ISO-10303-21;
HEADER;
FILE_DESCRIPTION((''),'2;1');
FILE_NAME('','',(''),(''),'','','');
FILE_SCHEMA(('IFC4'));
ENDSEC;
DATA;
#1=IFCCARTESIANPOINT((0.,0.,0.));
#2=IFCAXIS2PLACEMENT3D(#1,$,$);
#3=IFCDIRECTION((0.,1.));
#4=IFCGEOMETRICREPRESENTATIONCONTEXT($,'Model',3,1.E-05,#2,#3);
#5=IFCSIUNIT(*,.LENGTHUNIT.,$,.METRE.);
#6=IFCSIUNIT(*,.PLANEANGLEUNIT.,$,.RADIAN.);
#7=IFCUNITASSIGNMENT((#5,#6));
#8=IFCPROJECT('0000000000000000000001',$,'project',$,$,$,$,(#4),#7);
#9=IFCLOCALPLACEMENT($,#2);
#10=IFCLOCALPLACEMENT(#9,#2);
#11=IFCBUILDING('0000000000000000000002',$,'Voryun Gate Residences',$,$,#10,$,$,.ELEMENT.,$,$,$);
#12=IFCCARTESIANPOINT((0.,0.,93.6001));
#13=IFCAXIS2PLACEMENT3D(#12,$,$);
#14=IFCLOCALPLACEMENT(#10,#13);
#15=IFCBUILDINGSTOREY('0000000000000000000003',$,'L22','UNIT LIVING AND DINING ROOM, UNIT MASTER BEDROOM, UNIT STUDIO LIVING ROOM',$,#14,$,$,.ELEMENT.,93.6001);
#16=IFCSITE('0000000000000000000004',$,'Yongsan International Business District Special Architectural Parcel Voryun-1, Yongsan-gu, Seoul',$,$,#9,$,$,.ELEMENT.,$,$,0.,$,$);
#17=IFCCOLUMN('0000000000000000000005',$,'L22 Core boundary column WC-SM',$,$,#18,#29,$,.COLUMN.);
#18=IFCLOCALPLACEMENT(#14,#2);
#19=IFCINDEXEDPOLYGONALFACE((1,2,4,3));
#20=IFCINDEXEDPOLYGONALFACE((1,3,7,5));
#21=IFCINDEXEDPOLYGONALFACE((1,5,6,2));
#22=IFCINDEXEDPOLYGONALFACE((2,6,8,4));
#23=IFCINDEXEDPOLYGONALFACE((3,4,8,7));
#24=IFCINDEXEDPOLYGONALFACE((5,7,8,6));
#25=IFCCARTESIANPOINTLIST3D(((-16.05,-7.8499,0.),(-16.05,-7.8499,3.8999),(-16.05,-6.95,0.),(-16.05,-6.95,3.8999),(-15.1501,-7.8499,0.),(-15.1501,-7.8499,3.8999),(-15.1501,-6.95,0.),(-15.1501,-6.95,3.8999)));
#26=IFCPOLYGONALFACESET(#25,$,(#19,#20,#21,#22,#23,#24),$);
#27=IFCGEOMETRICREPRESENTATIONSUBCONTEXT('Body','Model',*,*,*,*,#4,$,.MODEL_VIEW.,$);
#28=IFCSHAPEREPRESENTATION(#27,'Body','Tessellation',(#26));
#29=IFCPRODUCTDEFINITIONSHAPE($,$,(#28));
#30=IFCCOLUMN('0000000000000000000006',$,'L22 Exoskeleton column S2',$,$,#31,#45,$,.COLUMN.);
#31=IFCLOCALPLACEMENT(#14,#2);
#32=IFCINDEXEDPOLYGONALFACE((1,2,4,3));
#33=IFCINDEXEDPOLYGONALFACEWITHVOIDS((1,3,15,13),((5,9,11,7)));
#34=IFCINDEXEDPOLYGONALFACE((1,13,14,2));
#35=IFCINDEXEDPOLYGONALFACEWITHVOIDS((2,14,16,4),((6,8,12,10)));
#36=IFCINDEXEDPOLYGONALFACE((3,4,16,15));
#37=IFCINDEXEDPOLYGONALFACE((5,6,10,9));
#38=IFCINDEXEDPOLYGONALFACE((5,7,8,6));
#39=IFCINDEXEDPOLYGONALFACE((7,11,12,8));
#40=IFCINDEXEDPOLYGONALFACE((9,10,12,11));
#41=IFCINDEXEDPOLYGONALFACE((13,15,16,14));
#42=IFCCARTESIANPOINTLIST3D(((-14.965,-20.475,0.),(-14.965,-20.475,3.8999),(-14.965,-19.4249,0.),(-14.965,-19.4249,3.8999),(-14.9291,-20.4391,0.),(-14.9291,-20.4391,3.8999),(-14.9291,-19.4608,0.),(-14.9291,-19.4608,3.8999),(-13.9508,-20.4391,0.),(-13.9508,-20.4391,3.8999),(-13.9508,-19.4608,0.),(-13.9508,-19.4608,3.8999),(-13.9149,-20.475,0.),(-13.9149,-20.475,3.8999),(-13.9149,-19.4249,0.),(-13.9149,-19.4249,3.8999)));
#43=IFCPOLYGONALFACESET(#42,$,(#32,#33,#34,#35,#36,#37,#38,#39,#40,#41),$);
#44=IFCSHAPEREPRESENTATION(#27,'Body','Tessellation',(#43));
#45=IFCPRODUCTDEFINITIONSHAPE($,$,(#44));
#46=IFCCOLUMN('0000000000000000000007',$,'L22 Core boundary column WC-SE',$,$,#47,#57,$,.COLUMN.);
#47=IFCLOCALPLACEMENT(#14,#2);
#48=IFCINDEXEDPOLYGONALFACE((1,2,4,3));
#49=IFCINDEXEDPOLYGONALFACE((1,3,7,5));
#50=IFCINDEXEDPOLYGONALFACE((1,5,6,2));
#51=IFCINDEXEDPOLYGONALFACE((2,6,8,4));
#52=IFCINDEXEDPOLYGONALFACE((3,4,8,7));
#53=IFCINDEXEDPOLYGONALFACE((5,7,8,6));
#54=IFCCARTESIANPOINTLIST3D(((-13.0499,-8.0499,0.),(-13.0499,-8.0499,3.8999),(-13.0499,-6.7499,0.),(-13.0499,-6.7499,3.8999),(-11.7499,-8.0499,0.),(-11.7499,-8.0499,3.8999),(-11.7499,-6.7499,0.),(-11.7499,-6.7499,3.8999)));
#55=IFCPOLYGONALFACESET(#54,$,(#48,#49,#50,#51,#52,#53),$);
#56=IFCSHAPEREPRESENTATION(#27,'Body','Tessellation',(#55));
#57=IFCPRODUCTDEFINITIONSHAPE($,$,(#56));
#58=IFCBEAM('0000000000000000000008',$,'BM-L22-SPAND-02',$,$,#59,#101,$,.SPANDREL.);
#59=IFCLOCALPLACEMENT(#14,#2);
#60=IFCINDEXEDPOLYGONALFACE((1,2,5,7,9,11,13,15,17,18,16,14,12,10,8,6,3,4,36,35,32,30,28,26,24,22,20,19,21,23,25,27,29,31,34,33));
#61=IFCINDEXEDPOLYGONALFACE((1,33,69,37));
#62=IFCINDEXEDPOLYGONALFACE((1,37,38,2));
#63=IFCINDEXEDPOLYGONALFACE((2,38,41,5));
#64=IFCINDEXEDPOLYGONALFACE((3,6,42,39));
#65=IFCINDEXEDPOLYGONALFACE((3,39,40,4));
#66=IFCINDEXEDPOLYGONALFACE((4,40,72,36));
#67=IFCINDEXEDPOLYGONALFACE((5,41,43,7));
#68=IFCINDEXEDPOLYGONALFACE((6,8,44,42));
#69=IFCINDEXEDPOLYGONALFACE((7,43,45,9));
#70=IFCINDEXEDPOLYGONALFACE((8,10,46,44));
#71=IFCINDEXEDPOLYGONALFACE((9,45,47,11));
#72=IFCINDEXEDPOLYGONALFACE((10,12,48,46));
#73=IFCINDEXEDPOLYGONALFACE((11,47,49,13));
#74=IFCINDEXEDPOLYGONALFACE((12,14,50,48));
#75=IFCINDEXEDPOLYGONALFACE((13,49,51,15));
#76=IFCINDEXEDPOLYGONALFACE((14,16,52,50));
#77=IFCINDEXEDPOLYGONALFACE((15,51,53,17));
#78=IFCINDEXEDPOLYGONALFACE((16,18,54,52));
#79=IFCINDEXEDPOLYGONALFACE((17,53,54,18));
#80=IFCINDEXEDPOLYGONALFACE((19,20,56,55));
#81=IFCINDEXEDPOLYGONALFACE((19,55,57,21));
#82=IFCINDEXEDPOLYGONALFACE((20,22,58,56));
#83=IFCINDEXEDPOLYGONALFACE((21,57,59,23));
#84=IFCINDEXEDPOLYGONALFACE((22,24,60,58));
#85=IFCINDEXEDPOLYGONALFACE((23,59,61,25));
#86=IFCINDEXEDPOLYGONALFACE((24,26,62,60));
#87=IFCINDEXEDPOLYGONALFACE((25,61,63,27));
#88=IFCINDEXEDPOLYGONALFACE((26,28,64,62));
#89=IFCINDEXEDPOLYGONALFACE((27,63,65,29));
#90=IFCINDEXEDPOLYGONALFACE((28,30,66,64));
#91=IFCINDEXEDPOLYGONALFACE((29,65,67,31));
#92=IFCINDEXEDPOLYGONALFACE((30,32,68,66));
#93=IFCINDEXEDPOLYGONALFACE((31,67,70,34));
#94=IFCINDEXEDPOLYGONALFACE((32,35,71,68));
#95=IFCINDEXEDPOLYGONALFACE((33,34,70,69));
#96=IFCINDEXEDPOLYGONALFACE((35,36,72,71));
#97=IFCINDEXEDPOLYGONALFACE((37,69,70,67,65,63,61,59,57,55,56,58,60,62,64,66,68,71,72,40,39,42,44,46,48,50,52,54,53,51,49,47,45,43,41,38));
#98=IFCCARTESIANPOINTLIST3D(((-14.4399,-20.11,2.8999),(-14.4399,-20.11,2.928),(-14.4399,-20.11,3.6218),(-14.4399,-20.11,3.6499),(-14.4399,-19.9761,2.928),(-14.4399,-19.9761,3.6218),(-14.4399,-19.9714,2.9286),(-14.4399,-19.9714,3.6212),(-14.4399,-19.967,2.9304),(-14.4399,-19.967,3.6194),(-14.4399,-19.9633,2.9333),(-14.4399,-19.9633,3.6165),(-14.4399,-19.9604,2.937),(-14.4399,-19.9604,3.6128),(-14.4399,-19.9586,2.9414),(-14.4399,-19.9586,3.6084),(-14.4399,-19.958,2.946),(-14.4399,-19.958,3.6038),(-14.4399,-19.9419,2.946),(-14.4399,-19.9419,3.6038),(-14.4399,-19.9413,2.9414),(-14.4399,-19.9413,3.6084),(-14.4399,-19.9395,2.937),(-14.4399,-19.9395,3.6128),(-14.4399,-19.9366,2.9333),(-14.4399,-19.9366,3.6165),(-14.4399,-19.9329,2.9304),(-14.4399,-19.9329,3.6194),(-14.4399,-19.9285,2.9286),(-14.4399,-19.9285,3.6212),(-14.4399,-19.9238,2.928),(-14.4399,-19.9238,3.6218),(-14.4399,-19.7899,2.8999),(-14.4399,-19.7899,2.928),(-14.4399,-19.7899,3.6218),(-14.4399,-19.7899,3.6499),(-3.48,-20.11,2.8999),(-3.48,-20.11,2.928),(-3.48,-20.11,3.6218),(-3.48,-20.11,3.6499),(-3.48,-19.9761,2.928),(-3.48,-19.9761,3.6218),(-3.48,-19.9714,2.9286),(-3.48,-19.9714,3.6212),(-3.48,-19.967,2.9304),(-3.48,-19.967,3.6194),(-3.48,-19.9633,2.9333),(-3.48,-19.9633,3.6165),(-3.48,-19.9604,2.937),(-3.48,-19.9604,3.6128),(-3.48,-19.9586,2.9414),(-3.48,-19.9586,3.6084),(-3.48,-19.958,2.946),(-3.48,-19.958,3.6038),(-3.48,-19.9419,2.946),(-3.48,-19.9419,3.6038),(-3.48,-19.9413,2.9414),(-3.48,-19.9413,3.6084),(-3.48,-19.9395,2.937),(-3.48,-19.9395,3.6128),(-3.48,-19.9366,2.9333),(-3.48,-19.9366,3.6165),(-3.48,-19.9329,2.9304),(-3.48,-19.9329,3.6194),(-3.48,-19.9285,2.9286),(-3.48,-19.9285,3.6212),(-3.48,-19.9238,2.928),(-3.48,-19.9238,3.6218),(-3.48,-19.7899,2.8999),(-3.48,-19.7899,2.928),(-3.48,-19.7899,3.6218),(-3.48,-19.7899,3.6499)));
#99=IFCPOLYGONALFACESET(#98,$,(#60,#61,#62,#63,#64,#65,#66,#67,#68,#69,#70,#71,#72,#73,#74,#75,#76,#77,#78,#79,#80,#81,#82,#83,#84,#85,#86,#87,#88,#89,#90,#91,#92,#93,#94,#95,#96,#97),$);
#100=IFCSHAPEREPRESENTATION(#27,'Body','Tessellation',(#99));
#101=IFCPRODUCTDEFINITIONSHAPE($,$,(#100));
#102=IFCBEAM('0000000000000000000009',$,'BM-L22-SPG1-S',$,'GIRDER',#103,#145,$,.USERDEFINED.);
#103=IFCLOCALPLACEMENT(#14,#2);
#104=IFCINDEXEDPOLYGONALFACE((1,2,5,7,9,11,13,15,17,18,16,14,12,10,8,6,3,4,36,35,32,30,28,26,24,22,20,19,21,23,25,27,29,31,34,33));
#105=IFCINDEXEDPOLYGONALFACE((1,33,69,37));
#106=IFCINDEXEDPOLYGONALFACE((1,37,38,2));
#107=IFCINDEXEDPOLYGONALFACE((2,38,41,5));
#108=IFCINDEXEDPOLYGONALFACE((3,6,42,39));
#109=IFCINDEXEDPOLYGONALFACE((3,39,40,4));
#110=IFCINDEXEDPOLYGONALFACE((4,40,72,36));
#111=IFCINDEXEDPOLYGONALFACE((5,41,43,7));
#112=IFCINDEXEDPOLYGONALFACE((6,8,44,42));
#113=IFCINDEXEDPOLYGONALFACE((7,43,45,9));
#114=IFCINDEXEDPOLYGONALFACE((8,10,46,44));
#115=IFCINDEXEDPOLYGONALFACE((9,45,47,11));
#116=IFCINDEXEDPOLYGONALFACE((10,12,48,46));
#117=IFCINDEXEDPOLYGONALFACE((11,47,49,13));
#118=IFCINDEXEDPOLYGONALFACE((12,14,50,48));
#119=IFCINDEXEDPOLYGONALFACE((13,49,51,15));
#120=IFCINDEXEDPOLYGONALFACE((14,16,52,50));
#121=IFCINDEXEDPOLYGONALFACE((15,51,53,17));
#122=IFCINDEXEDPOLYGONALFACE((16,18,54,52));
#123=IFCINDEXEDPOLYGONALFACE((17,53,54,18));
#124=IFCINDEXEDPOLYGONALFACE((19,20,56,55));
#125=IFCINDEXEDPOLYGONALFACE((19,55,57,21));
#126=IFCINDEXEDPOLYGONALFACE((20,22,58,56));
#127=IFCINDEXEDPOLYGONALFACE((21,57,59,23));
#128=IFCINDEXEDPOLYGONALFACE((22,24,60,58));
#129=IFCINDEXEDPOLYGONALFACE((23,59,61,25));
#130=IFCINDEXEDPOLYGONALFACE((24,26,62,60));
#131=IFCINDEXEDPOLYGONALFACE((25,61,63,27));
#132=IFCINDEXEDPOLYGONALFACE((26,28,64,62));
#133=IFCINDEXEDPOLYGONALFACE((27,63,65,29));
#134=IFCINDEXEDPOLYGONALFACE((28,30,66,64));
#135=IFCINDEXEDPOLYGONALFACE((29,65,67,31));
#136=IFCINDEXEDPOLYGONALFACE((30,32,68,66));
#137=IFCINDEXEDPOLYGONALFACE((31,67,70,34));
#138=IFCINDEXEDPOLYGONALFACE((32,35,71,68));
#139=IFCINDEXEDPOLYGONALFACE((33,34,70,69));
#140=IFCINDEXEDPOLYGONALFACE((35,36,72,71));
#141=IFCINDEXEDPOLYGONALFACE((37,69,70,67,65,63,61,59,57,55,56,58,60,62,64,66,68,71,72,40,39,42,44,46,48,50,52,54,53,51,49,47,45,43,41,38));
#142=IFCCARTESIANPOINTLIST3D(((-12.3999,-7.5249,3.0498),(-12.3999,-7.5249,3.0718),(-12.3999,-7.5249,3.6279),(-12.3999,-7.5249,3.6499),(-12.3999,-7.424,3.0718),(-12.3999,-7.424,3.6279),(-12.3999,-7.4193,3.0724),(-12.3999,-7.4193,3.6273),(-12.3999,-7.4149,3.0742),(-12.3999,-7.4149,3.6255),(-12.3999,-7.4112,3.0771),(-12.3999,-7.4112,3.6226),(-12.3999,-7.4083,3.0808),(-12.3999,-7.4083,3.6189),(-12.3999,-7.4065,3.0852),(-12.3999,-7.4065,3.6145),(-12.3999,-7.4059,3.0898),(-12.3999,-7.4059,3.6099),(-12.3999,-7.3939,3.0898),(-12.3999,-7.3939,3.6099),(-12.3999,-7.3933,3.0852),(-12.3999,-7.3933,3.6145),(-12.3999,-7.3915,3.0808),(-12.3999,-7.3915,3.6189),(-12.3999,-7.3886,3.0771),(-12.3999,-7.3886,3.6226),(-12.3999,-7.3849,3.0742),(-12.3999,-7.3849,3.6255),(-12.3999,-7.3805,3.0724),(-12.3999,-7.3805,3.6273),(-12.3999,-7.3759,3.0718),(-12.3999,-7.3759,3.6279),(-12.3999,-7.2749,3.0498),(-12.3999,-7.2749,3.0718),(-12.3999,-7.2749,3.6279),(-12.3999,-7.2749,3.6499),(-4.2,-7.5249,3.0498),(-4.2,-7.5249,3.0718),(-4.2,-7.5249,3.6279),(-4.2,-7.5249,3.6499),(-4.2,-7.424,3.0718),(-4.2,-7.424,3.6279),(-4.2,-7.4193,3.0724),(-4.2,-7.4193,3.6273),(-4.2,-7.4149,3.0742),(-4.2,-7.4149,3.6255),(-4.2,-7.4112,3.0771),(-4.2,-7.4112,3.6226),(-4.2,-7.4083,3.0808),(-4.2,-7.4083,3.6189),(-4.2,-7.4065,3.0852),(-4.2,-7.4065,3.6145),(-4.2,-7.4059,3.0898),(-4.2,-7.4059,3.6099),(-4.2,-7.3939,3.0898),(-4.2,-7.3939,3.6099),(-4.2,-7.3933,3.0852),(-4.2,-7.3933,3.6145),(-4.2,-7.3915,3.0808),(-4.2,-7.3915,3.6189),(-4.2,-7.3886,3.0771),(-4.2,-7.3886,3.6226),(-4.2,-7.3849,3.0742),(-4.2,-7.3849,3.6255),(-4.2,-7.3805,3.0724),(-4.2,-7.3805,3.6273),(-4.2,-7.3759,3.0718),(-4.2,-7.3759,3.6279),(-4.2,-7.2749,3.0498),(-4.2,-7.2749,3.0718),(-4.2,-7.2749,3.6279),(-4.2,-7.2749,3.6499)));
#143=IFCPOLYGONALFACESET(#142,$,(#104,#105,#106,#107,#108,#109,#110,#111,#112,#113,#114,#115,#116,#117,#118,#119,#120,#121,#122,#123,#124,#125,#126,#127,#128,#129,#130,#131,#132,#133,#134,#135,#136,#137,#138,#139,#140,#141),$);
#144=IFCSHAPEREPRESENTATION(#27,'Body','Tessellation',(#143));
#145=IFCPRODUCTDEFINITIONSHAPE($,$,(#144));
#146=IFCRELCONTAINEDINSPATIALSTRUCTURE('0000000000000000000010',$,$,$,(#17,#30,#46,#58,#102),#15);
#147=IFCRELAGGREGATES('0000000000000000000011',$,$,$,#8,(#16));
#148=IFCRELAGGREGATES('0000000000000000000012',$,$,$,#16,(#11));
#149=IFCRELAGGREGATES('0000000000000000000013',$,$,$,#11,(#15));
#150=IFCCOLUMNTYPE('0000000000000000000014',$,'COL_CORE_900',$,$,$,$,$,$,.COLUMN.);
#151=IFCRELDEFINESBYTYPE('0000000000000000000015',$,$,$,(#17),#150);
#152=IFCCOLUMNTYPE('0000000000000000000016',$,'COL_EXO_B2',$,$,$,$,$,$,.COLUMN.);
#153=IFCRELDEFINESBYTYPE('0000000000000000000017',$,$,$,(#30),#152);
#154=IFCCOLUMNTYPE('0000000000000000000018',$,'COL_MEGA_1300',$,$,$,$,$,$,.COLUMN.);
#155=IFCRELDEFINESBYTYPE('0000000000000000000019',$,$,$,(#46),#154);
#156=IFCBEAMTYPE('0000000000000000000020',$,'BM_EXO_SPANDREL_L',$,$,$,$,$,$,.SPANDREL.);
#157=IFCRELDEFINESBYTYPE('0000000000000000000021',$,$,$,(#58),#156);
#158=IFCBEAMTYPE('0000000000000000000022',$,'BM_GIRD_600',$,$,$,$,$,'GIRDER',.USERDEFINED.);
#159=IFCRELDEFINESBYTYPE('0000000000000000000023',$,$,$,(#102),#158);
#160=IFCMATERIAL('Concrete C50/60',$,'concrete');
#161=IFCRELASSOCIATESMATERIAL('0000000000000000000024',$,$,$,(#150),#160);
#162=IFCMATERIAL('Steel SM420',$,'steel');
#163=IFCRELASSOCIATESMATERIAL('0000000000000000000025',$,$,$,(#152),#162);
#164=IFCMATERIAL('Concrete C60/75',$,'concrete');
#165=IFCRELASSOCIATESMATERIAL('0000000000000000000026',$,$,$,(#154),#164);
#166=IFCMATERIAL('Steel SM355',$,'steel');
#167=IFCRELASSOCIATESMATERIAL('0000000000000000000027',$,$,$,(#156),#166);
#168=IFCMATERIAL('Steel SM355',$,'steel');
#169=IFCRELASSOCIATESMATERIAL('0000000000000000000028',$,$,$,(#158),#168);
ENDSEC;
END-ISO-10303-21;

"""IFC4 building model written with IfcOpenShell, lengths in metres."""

from ifc_helpers import new_model, si_unit, direction, frame, origin, origin_2d, place, context, subcontext, project, spatial, rectangle, hollow_rectangle, i_section, extrude, material, material_profile, profile_set, type_object, element, save


model = new_model("IFC4")

# Units and contexts
model_context = context("Model", 3, precision=1e-05, world=origin(), true_north=direction((0.0, 1.0)))
body_context = subcontext(model_context, "Body", "Model", "MODEL_VIEW")
ifc_project = project(units=[si_unit("LENGTHUNIT", "METRE"), si_unit("PLANEANGLEUNIT", "RADIAN")], contexts=[model_context])

# Site, building, storey
site_placement = place(None, origin())
site = spatial("IfcSite", under=ifc_project, at=site_placement, Name="Yongsan International Business District Special Architectural Parcel Voryun-1, Yongsan-gu, Seoul", CompositionType="ELEMENT", RefElevation=0.0)
building_placement = place(site_placement, origin())
building = spatial("IfcBuilding", under=site, at=building_placement, Name="Voryun Gate Residences", CompositionType="ELEMENT")
storey_placement = place(building_placement, frame((0.0, 0.0, 93.6001)))
storey = spatial("IfcBuildingStorey", under=building, at=storey_placement, Name="L22", Description="UNIT LIVING AND DINING ROOM, UNIT MASTER BEDROOM, UNIT STUDIO LIVING ROOM", CompositionType="ELEMENT", Elevation=93.6001)

# Columns
ifc_material_1 = material(Name="Concrete C50/60", Category="concrete")
ifc_material_profile_1 = material_profile(ifc_material_1, rectangle(XDim=0.8999, YDim=0.8999, at=origin_2d()), Name="RC-900x900")
ifc_profile_set_1 = profile_set([ifc_material_profile_1], Name="Concrete C50/60")
column_type_1 = type_object("IfcColumnType", Name="COL_CORE_900", PredefinedType="COLUMN", material=ifc_profile_set_1)
column_1_placement = place(storey_placement, frame((-15.6001, -7.3999, 0.0), z_axis=(0.0, 0.0, 1.0), x_axis=(1.0, 0.0, 0.0)))
element("IfcColumn", 1, at=column_1_placement, inside=storey, type_object=column_type_1, Name="L22 Core boundary column WC-SM", PredefinedType="COLUMN", context=body_context, shape_type="SweptSolid", body=[
    extrude(rectangle(XDim=0.8999, YDim=0.8999, at=origin_2d()), origin(), (0.0, 0.0, 1.0), 3.8999),
])
ifc_material_2 = material(Name="Steel SM420", Category="steel")
ifc_material_profile_2 = material_profile(ifc_material_2, hollow_rectangle(XDim=1.05, YDim=1.05, WallThickness=0.0359, at=origin_2d()), Name="BOX-1050x1050x36")
ifc_profile_set_2 = profile_set([ifc_material_profile_2], Name="Steel SM420")
column_type_2 = type_object("IfcColumnType", Name="COL_EXO_B2", PredefinedType="COLUMN", material=ifc_profile_set_2)
column_2_placement = place(storey_placement, frame((-14.4399, -19.95, 0.0), z_axis=(0.0, 0.0, 1.0), x_axis=(1.0, 0.0, 0.0)))
element("IfcColumn", 2, at=column_2_placement, inside=storey, type_object=column_type_2, Name="L22 Exoskeleton column S2", PredefinedType="COLUMN", context=body_context, shape_type="SweptSolid", body=[
    extrude(hollow_rectangle(XDim=1.05, YDim=1.05, WallThickness=0.0359, at=origin_2d()), origin(), (0.0, 0.0, 1.0), 3.8999),
])
ifc_material_3 = material(Name="Concrete C60/75", Category="concrete")
ifc_material_profile_3 = material_profile(ifc_material_3, rectangle(XDim=1.3, YDim=1.3, at=origin_2d()), Name="RC-1300x1300")
ifc_profile_set_3 = profile_set([ifc_material_profile_3], Name="Concrete C60/75")
column_type_3 = type_object("IfcColumnType", Name="COL_MEGA_1300", PredefinedType="COLUMN", material=ifc_profile_set_3)
column_3_placement = place(storey_placement, frame((-12.3999, -7.3999, 0.0), z_axis=(0.0, 0.0, 1.0), x_axis=(1.0, 0.0, 0.0)))
element("IfcColumn", 3, at=column_3_placement, inside=storey, type_object=column_type_3, Name="L22 Core boundary column WC-SE", PredefinedType="COLUMN", context=body_context, shape_type="SweptSolid", body=[
    extrude(rectangle(XDim=1.3, YDim=1.3, at=origin_2d()), origin(), (0.0, 0.0, 1.0), 3.8999),
])

# Beams
ifc_material_4 = material(Name="Steel SM355", Category="steel")
ifc_material_profile_4 = material_profile(ifc_material_4, i_section(OverallWidth=0.3201, OverallDepth=0.75, WebThickness=0.0161, FlangeThickness=0.0281, FilletRadius=0.0181, at=origin_2d()), Name="H-750x320x16x28")
ifc_profile_set_4 = profile_set([ifc_material_profile_4], Name="Steel SM355")
beam_type_1 = type_object("IfcBeamType", Name="BM_EXO_SPANDREL_L", PredefinedType="SPANDREL", material=ifc_profile_set_4)
beam_1_placement = place(storey_placement, frame((-14.4399, -19.95, 3.2749), z_axis=(1.0, 0.0, 0.0), x_axis=(0.0, 1.0, 0.0)))
element("IfcBeam", 4, at=beam_1_placement, inside=storey, type_object=beam_type_1, Name="BM-L22-SPAND-02", PredefinedType="SPANDREL", context=body_context, shape_type="SweptSolid", body=[
    extrude(i_section(OverallWidth=0.3201, OverallDepth=0.75, WebThickness=0.0161, FlangeThickness=0.0281, FilletRadius=0.0181, at=origin_2d()), origin(), (0.0, 0.0, 1.0), 10.96),
])
ifc_material_5 = material(Name="Steel SM355", Category="steel")
ifc_material_profile_5 = material_profile(ifc_material_5, i_section(OverallWidth=0.25, OverallDepth=0.6001, WebThickness=0.012, FlangeThickness=0.022, FilletRadius=0.0181, at=origin_2d()), Name="H-600x250x12x22")
ifc_profile_set_5 = profile_set([ifc_material_profile_5], Name="Steel SM355")
beam_type_2 = type_object("IfcBeamType", Name="BM_GIRD_600", ElementType="GIRDER", PredefinedType="USERDEFINED", material=ifc_profile_set_5)
beam_2_placement = place(storey_placement, frame((-12.3999, -7.3999, 3.3499), z_axis=(1.0, 0.0, 0.0), x_axis=(0.0, 1.0, 0.0)))
element("IfcBeam", 5, at=beam_2_placement, inside=storey, type_object=beam_type_2, Name="BM-L22-SPG1-S", ObjectType="GIRDER", PredefinedType="USERDEFINED", context=body_context, shape_type="SweptSolid", body=[
    extrude(i_section(OverallWidth=0.25, OverallDepth=0.6001, WebThickness=0.012, FlangeThickness=0.022, FilletRadius=0.0181, at=origin_2d()), origin(), (0.0, 0.0, 1.0), 8.2),
])

save(model, "model.ifc")
